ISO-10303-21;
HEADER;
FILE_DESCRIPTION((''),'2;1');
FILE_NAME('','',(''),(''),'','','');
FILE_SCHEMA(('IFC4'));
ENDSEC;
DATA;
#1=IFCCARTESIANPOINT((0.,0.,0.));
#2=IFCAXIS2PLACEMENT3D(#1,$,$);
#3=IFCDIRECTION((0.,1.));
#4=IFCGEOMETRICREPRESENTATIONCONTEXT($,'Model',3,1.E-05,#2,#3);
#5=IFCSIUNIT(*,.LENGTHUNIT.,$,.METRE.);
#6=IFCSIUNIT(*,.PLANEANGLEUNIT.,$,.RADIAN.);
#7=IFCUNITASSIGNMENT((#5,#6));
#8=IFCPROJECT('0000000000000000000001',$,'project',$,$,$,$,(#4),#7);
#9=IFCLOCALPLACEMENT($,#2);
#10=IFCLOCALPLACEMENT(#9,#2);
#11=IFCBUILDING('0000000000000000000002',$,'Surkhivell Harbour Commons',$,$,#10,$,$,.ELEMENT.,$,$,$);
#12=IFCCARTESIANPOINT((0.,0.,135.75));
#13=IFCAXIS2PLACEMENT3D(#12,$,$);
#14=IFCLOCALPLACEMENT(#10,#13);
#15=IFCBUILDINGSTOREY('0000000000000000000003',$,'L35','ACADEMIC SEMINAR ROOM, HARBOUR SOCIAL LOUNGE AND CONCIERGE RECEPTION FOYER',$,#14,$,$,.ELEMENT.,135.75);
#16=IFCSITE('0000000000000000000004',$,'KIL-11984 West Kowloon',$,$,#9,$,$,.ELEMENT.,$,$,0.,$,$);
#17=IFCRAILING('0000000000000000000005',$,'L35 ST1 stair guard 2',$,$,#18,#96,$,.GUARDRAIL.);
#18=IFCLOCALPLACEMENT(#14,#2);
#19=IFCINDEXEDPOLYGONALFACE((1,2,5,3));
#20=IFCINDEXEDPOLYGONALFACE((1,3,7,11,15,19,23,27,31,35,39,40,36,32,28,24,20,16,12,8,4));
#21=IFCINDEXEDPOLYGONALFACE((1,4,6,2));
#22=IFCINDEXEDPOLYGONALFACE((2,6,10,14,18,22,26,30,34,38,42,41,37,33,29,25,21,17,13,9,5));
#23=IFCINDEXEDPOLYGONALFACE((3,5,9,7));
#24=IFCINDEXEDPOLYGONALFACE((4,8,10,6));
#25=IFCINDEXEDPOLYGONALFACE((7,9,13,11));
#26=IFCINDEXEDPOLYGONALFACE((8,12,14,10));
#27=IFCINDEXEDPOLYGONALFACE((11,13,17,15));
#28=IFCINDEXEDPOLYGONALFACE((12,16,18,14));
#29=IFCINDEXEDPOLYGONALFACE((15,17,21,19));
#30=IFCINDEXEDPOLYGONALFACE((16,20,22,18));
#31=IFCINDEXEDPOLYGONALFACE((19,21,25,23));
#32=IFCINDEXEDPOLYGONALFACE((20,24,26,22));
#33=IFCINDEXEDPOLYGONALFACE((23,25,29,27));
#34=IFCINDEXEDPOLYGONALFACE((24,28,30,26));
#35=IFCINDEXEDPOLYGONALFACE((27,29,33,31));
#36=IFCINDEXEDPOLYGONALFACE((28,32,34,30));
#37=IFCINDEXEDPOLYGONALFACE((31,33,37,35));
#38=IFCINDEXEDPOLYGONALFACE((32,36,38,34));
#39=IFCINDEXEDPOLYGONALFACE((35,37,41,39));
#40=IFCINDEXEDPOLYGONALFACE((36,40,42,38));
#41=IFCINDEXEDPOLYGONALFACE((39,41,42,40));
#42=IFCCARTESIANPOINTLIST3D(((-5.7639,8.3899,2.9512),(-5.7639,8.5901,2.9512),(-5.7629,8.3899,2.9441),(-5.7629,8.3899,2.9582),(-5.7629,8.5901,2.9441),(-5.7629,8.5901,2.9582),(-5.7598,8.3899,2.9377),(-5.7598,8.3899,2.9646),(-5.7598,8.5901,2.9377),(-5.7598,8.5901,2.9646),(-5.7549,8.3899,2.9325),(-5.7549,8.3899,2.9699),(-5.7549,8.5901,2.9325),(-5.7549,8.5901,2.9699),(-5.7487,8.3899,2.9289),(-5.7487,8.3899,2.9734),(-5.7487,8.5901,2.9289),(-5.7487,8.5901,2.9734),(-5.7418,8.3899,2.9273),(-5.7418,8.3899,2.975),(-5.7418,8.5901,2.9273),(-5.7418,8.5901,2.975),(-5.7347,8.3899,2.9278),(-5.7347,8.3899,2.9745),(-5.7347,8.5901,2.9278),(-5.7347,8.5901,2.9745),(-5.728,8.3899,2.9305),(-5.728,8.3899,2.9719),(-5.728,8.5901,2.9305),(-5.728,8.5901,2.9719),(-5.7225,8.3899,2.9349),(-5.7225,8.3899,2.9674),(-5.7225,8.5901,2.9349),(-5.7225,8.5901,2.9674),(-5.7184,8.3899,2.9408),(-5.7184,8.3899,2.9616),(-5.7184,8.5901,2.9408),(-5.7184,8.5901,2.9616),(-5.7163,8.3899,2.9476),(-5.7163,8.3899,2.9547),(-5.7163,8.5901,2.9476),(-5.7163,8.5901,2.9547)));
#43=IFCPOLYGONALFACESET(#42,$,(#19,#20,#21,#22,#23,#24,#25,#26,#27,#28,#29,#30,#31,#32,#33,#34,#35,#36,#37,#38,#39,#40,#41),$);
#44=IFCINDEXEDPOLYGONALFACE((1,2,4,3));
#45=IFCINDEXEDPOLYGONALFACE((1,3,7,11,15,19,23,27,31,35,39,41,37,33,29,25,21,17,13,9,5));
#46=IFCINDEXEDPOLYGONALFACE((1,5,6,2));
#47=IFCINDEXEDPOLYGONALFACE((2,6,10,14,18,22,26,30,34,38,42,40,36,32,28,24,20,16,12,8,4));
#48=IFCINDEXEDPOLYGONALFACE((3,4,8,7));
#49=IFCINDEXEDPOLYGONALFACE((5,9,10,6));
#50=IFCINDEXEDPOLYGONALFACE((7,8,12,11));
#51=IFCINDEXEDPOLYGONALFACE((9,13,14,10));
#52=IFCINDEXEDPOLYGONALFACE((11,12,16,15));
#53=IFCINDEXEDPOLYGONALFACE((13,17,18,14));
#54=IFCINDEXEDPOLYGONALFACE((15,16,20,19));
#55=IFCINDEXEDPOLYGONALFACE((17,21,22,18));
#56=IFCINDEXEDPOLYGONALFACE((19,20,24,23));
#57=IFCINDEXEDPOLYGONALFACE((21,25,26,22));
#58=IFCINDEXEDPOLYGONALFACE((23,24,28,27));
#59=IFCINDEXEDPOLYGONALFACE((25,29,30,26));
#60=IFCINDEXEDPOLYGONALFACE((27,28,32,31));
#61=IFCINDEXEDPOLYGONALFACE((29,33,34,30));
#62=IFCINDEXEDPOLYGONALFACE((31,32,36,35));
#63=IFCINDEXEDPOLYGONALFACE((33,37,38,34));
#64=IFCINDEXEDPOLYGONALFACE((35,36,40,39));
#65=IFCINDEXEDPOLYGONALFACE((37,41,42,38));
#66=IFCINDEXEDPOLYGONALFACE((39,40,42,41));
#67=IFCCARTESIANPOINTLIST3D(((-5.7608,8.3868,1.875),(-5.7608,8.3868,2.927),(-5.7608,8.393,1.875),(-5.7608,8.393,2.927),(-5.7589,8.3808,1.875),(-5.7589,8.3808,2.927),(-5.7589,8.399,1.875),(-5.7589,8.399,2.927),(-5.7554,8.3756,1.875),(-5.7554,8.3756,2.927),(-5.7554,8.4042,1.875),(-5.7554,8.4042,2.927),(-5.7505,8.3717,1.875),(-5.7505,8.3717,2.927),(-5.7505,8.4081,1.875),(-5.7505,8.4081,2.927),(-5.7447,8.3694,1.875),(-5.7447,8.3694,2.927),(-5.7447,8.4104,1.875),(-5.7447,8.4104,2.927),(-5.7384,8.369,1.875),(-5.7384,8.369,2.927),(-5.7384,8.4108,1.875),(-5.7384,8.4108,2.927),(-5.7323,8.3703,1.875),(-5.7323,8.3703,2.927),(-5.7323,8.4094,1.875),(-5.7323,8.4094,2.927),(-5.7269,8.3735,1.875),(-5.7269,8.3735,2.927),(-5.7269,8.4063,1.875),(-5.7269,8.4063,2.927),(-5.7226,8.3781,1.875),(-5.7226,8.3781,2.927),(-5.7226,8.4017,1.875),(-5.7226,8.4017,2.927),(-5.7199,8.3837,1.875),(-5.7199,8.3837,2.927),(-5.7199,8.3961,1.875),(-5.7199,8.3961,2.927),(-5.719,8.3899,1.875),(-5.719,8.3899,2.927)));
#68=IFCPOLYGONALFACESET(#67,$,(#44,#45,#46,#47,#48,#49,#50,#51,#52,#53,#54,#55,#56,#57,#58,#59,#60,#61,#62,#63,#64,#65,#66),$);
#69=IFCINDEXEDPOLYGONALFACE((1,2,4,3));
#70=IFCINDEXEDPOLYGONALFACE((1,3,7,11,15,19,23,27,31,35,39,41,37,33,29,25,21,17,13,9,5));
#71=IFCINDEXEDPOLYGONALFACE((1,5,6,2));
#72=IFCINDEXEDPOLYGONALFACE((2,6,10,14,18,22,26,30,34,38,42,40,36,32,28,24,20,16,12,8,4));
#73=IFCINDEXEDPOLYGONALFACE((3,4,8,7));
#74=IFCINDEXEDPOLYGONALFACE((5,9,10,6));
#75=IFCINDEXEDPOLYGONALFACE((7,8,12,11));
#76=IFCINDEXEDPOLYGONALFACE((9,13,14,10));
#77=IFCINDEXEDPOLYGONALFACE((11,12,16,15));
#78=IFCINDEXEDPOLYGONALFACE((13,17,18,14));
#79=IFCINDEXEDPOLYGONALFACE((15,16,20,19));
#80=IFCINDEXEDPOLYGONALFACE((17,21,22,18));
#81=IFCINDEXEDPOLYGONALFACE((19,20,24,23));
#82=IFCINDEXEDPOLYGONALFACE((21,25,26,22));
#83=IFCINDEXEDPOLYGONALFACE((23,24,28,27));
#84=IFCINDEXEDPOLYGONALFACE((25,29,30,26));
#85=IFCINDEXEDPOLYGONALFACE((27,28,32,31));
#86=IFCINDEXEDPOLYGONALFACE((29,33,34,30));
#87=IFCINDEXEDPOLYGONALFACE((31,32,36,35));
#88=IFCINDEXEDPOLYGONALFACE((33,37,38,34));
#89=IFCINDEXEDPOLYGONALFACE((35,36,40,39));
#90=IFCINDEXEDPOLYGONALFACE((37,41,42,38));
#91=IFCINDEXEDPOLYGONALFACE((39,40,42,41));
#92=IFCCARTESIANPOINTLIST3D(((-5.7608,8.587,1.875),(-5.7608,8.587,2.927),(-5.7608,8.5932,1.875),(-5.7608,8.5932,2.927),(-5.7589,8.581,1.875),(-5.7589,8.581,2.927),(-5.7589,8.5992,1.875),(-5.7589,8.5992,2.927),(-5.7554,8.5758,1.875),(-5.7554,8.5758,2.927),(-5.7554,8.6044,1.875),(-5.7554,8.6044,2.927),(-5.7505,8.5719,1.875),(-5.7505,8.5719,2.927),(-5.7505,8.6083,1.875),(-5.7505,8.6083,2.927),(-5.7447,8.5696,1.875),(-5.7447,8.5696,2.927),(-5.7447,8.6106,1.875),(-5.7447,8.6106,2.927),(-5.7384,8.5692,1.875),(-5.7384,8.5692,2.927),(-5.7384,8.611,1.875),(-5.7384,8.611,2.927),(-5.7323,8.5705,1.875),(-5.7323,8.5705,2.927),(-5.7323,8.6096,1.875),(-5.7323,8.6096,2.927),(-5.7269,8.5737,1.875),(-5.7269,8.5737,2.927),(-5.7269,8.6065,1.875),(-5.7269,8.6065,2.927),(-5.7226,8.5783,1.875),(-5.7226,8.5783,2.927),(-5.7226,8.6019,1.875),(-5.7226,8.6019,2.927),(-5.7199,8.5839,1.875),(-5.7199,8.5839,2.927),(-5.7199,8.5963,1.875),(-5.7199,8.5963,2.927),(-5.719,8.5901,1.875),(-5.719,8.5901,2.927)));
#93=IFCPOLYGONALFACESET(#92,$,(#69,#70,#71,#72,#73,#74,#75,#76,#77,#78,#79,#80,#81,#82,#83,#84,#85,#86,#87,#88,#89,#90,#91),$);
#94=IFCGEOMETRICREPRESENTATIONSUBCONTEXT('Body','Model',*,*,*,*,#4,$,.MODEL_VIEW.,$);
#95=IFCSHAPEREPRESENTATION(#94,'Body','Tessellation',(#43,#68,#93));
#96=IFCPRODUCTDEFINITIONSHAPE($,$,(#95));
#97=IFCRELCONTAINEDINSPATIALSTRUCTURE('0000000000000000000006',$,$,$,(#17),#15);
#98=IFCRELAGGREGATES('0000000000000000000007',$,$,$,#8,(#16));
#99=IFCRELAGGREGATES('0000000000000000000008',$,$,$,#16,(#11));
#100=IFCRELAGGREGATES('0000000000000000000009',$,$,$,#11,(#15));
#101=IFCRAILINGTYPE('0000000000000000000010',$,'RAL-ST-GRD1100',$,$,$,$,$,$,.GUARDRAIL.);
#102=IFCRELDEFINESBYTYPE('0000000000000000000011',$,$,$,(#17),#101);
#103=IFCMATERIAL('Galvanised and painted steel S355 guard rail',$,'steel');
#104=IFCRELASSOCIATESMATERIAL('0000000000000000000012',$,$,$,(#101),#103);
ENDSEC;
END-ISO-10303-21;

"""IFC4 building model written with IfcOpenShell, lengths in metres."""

from ifc_helpers import new_model, si_unit, direction, frame, origin, origin_2d, place, context, subcontext, project, spatial, circle, extrude, material, type_object, element, save


model = new_model("IFC4")

# Units and contexts
model_context = context("Model", 3, precision=1e-05, world=origin(), true_north=direction((0.0, 1.0)))
body_context = subcontext(model_context, "Body", "Model", "MODEL_VIEW")
ifc_project = project(units=[si_unit("LENGTHUNIT", "METRE"), si_unit("PLANEANGLEUNIT", "RADIAN")], contexts=[model_context])

# Site, building, storey
site_placement = place(None, origin())
site = spatial("IfcSite", under=ifc_project, at=site_placement, Name="KIL-11984 West Kowloon", CompositionType="ELEMENT", RefElevation=0.0)
building_placement = place(site_placement, origin())
building = spatial("IfcBuilding", under=site, at=building_placement, Name="Surkhivell Harbour Commons", CompositionType="ELEMENT")
storey_placement = place(building_placement, frame((0.0, 0.0, 135.75)))
storey = spatial("IfcBuildingStorey", under=building, at=storey_placement, Name="L35", Description="ACADEMIC SEMINAR ROOM, HARBOUR SOCIAL LOUNGE AND CONCIERGE RECEPTION FOYER", CompositionType="ELEMENT", Elevation=135.75)

# Railing
ifc_material_1 = material(Name="Galvanised and painted steel S355 guard rail", Category="steel")
railing_type_1 = type_object("IfcRailingType", Name="RAL-ST-GRD1100", PredefinedType="GUARDRAIL", material=ifc_material_1)
railing_1_placement = place(storey_placement, frame((-5.74, 8.3899, 1.875)))
element("IfcRailing", 1, at=railing_1_placement, inside=storey, type_object=railing_type_1, Name="L35 ST1 stair guard 2", PredefinedType="GUARDRAIL", context=body_context, shape_type="SweptSolid", body=[
    extrude(circle(Radius=0.0239, at=origin_2d()), frame((0.0, 0.0, 1.0762), z_axis=(0.0, 1.0, 0.0), x_axis=(-1.0, 0.0, 0.0)), (0.0, 0.0, 1.0), 0.2002),
    extrude(circle(Radius=0.021, at=origin_2d()), origin(), (0.0, 0.0, 1.0), 1.052),
    extrude(circle(Radius=0.021, at=origin_2d()), frame((0.0, 0.2002, 0.0)), (0.0, 0.0, 1.0), 1.052),
])

save(model, "model.ifc")
